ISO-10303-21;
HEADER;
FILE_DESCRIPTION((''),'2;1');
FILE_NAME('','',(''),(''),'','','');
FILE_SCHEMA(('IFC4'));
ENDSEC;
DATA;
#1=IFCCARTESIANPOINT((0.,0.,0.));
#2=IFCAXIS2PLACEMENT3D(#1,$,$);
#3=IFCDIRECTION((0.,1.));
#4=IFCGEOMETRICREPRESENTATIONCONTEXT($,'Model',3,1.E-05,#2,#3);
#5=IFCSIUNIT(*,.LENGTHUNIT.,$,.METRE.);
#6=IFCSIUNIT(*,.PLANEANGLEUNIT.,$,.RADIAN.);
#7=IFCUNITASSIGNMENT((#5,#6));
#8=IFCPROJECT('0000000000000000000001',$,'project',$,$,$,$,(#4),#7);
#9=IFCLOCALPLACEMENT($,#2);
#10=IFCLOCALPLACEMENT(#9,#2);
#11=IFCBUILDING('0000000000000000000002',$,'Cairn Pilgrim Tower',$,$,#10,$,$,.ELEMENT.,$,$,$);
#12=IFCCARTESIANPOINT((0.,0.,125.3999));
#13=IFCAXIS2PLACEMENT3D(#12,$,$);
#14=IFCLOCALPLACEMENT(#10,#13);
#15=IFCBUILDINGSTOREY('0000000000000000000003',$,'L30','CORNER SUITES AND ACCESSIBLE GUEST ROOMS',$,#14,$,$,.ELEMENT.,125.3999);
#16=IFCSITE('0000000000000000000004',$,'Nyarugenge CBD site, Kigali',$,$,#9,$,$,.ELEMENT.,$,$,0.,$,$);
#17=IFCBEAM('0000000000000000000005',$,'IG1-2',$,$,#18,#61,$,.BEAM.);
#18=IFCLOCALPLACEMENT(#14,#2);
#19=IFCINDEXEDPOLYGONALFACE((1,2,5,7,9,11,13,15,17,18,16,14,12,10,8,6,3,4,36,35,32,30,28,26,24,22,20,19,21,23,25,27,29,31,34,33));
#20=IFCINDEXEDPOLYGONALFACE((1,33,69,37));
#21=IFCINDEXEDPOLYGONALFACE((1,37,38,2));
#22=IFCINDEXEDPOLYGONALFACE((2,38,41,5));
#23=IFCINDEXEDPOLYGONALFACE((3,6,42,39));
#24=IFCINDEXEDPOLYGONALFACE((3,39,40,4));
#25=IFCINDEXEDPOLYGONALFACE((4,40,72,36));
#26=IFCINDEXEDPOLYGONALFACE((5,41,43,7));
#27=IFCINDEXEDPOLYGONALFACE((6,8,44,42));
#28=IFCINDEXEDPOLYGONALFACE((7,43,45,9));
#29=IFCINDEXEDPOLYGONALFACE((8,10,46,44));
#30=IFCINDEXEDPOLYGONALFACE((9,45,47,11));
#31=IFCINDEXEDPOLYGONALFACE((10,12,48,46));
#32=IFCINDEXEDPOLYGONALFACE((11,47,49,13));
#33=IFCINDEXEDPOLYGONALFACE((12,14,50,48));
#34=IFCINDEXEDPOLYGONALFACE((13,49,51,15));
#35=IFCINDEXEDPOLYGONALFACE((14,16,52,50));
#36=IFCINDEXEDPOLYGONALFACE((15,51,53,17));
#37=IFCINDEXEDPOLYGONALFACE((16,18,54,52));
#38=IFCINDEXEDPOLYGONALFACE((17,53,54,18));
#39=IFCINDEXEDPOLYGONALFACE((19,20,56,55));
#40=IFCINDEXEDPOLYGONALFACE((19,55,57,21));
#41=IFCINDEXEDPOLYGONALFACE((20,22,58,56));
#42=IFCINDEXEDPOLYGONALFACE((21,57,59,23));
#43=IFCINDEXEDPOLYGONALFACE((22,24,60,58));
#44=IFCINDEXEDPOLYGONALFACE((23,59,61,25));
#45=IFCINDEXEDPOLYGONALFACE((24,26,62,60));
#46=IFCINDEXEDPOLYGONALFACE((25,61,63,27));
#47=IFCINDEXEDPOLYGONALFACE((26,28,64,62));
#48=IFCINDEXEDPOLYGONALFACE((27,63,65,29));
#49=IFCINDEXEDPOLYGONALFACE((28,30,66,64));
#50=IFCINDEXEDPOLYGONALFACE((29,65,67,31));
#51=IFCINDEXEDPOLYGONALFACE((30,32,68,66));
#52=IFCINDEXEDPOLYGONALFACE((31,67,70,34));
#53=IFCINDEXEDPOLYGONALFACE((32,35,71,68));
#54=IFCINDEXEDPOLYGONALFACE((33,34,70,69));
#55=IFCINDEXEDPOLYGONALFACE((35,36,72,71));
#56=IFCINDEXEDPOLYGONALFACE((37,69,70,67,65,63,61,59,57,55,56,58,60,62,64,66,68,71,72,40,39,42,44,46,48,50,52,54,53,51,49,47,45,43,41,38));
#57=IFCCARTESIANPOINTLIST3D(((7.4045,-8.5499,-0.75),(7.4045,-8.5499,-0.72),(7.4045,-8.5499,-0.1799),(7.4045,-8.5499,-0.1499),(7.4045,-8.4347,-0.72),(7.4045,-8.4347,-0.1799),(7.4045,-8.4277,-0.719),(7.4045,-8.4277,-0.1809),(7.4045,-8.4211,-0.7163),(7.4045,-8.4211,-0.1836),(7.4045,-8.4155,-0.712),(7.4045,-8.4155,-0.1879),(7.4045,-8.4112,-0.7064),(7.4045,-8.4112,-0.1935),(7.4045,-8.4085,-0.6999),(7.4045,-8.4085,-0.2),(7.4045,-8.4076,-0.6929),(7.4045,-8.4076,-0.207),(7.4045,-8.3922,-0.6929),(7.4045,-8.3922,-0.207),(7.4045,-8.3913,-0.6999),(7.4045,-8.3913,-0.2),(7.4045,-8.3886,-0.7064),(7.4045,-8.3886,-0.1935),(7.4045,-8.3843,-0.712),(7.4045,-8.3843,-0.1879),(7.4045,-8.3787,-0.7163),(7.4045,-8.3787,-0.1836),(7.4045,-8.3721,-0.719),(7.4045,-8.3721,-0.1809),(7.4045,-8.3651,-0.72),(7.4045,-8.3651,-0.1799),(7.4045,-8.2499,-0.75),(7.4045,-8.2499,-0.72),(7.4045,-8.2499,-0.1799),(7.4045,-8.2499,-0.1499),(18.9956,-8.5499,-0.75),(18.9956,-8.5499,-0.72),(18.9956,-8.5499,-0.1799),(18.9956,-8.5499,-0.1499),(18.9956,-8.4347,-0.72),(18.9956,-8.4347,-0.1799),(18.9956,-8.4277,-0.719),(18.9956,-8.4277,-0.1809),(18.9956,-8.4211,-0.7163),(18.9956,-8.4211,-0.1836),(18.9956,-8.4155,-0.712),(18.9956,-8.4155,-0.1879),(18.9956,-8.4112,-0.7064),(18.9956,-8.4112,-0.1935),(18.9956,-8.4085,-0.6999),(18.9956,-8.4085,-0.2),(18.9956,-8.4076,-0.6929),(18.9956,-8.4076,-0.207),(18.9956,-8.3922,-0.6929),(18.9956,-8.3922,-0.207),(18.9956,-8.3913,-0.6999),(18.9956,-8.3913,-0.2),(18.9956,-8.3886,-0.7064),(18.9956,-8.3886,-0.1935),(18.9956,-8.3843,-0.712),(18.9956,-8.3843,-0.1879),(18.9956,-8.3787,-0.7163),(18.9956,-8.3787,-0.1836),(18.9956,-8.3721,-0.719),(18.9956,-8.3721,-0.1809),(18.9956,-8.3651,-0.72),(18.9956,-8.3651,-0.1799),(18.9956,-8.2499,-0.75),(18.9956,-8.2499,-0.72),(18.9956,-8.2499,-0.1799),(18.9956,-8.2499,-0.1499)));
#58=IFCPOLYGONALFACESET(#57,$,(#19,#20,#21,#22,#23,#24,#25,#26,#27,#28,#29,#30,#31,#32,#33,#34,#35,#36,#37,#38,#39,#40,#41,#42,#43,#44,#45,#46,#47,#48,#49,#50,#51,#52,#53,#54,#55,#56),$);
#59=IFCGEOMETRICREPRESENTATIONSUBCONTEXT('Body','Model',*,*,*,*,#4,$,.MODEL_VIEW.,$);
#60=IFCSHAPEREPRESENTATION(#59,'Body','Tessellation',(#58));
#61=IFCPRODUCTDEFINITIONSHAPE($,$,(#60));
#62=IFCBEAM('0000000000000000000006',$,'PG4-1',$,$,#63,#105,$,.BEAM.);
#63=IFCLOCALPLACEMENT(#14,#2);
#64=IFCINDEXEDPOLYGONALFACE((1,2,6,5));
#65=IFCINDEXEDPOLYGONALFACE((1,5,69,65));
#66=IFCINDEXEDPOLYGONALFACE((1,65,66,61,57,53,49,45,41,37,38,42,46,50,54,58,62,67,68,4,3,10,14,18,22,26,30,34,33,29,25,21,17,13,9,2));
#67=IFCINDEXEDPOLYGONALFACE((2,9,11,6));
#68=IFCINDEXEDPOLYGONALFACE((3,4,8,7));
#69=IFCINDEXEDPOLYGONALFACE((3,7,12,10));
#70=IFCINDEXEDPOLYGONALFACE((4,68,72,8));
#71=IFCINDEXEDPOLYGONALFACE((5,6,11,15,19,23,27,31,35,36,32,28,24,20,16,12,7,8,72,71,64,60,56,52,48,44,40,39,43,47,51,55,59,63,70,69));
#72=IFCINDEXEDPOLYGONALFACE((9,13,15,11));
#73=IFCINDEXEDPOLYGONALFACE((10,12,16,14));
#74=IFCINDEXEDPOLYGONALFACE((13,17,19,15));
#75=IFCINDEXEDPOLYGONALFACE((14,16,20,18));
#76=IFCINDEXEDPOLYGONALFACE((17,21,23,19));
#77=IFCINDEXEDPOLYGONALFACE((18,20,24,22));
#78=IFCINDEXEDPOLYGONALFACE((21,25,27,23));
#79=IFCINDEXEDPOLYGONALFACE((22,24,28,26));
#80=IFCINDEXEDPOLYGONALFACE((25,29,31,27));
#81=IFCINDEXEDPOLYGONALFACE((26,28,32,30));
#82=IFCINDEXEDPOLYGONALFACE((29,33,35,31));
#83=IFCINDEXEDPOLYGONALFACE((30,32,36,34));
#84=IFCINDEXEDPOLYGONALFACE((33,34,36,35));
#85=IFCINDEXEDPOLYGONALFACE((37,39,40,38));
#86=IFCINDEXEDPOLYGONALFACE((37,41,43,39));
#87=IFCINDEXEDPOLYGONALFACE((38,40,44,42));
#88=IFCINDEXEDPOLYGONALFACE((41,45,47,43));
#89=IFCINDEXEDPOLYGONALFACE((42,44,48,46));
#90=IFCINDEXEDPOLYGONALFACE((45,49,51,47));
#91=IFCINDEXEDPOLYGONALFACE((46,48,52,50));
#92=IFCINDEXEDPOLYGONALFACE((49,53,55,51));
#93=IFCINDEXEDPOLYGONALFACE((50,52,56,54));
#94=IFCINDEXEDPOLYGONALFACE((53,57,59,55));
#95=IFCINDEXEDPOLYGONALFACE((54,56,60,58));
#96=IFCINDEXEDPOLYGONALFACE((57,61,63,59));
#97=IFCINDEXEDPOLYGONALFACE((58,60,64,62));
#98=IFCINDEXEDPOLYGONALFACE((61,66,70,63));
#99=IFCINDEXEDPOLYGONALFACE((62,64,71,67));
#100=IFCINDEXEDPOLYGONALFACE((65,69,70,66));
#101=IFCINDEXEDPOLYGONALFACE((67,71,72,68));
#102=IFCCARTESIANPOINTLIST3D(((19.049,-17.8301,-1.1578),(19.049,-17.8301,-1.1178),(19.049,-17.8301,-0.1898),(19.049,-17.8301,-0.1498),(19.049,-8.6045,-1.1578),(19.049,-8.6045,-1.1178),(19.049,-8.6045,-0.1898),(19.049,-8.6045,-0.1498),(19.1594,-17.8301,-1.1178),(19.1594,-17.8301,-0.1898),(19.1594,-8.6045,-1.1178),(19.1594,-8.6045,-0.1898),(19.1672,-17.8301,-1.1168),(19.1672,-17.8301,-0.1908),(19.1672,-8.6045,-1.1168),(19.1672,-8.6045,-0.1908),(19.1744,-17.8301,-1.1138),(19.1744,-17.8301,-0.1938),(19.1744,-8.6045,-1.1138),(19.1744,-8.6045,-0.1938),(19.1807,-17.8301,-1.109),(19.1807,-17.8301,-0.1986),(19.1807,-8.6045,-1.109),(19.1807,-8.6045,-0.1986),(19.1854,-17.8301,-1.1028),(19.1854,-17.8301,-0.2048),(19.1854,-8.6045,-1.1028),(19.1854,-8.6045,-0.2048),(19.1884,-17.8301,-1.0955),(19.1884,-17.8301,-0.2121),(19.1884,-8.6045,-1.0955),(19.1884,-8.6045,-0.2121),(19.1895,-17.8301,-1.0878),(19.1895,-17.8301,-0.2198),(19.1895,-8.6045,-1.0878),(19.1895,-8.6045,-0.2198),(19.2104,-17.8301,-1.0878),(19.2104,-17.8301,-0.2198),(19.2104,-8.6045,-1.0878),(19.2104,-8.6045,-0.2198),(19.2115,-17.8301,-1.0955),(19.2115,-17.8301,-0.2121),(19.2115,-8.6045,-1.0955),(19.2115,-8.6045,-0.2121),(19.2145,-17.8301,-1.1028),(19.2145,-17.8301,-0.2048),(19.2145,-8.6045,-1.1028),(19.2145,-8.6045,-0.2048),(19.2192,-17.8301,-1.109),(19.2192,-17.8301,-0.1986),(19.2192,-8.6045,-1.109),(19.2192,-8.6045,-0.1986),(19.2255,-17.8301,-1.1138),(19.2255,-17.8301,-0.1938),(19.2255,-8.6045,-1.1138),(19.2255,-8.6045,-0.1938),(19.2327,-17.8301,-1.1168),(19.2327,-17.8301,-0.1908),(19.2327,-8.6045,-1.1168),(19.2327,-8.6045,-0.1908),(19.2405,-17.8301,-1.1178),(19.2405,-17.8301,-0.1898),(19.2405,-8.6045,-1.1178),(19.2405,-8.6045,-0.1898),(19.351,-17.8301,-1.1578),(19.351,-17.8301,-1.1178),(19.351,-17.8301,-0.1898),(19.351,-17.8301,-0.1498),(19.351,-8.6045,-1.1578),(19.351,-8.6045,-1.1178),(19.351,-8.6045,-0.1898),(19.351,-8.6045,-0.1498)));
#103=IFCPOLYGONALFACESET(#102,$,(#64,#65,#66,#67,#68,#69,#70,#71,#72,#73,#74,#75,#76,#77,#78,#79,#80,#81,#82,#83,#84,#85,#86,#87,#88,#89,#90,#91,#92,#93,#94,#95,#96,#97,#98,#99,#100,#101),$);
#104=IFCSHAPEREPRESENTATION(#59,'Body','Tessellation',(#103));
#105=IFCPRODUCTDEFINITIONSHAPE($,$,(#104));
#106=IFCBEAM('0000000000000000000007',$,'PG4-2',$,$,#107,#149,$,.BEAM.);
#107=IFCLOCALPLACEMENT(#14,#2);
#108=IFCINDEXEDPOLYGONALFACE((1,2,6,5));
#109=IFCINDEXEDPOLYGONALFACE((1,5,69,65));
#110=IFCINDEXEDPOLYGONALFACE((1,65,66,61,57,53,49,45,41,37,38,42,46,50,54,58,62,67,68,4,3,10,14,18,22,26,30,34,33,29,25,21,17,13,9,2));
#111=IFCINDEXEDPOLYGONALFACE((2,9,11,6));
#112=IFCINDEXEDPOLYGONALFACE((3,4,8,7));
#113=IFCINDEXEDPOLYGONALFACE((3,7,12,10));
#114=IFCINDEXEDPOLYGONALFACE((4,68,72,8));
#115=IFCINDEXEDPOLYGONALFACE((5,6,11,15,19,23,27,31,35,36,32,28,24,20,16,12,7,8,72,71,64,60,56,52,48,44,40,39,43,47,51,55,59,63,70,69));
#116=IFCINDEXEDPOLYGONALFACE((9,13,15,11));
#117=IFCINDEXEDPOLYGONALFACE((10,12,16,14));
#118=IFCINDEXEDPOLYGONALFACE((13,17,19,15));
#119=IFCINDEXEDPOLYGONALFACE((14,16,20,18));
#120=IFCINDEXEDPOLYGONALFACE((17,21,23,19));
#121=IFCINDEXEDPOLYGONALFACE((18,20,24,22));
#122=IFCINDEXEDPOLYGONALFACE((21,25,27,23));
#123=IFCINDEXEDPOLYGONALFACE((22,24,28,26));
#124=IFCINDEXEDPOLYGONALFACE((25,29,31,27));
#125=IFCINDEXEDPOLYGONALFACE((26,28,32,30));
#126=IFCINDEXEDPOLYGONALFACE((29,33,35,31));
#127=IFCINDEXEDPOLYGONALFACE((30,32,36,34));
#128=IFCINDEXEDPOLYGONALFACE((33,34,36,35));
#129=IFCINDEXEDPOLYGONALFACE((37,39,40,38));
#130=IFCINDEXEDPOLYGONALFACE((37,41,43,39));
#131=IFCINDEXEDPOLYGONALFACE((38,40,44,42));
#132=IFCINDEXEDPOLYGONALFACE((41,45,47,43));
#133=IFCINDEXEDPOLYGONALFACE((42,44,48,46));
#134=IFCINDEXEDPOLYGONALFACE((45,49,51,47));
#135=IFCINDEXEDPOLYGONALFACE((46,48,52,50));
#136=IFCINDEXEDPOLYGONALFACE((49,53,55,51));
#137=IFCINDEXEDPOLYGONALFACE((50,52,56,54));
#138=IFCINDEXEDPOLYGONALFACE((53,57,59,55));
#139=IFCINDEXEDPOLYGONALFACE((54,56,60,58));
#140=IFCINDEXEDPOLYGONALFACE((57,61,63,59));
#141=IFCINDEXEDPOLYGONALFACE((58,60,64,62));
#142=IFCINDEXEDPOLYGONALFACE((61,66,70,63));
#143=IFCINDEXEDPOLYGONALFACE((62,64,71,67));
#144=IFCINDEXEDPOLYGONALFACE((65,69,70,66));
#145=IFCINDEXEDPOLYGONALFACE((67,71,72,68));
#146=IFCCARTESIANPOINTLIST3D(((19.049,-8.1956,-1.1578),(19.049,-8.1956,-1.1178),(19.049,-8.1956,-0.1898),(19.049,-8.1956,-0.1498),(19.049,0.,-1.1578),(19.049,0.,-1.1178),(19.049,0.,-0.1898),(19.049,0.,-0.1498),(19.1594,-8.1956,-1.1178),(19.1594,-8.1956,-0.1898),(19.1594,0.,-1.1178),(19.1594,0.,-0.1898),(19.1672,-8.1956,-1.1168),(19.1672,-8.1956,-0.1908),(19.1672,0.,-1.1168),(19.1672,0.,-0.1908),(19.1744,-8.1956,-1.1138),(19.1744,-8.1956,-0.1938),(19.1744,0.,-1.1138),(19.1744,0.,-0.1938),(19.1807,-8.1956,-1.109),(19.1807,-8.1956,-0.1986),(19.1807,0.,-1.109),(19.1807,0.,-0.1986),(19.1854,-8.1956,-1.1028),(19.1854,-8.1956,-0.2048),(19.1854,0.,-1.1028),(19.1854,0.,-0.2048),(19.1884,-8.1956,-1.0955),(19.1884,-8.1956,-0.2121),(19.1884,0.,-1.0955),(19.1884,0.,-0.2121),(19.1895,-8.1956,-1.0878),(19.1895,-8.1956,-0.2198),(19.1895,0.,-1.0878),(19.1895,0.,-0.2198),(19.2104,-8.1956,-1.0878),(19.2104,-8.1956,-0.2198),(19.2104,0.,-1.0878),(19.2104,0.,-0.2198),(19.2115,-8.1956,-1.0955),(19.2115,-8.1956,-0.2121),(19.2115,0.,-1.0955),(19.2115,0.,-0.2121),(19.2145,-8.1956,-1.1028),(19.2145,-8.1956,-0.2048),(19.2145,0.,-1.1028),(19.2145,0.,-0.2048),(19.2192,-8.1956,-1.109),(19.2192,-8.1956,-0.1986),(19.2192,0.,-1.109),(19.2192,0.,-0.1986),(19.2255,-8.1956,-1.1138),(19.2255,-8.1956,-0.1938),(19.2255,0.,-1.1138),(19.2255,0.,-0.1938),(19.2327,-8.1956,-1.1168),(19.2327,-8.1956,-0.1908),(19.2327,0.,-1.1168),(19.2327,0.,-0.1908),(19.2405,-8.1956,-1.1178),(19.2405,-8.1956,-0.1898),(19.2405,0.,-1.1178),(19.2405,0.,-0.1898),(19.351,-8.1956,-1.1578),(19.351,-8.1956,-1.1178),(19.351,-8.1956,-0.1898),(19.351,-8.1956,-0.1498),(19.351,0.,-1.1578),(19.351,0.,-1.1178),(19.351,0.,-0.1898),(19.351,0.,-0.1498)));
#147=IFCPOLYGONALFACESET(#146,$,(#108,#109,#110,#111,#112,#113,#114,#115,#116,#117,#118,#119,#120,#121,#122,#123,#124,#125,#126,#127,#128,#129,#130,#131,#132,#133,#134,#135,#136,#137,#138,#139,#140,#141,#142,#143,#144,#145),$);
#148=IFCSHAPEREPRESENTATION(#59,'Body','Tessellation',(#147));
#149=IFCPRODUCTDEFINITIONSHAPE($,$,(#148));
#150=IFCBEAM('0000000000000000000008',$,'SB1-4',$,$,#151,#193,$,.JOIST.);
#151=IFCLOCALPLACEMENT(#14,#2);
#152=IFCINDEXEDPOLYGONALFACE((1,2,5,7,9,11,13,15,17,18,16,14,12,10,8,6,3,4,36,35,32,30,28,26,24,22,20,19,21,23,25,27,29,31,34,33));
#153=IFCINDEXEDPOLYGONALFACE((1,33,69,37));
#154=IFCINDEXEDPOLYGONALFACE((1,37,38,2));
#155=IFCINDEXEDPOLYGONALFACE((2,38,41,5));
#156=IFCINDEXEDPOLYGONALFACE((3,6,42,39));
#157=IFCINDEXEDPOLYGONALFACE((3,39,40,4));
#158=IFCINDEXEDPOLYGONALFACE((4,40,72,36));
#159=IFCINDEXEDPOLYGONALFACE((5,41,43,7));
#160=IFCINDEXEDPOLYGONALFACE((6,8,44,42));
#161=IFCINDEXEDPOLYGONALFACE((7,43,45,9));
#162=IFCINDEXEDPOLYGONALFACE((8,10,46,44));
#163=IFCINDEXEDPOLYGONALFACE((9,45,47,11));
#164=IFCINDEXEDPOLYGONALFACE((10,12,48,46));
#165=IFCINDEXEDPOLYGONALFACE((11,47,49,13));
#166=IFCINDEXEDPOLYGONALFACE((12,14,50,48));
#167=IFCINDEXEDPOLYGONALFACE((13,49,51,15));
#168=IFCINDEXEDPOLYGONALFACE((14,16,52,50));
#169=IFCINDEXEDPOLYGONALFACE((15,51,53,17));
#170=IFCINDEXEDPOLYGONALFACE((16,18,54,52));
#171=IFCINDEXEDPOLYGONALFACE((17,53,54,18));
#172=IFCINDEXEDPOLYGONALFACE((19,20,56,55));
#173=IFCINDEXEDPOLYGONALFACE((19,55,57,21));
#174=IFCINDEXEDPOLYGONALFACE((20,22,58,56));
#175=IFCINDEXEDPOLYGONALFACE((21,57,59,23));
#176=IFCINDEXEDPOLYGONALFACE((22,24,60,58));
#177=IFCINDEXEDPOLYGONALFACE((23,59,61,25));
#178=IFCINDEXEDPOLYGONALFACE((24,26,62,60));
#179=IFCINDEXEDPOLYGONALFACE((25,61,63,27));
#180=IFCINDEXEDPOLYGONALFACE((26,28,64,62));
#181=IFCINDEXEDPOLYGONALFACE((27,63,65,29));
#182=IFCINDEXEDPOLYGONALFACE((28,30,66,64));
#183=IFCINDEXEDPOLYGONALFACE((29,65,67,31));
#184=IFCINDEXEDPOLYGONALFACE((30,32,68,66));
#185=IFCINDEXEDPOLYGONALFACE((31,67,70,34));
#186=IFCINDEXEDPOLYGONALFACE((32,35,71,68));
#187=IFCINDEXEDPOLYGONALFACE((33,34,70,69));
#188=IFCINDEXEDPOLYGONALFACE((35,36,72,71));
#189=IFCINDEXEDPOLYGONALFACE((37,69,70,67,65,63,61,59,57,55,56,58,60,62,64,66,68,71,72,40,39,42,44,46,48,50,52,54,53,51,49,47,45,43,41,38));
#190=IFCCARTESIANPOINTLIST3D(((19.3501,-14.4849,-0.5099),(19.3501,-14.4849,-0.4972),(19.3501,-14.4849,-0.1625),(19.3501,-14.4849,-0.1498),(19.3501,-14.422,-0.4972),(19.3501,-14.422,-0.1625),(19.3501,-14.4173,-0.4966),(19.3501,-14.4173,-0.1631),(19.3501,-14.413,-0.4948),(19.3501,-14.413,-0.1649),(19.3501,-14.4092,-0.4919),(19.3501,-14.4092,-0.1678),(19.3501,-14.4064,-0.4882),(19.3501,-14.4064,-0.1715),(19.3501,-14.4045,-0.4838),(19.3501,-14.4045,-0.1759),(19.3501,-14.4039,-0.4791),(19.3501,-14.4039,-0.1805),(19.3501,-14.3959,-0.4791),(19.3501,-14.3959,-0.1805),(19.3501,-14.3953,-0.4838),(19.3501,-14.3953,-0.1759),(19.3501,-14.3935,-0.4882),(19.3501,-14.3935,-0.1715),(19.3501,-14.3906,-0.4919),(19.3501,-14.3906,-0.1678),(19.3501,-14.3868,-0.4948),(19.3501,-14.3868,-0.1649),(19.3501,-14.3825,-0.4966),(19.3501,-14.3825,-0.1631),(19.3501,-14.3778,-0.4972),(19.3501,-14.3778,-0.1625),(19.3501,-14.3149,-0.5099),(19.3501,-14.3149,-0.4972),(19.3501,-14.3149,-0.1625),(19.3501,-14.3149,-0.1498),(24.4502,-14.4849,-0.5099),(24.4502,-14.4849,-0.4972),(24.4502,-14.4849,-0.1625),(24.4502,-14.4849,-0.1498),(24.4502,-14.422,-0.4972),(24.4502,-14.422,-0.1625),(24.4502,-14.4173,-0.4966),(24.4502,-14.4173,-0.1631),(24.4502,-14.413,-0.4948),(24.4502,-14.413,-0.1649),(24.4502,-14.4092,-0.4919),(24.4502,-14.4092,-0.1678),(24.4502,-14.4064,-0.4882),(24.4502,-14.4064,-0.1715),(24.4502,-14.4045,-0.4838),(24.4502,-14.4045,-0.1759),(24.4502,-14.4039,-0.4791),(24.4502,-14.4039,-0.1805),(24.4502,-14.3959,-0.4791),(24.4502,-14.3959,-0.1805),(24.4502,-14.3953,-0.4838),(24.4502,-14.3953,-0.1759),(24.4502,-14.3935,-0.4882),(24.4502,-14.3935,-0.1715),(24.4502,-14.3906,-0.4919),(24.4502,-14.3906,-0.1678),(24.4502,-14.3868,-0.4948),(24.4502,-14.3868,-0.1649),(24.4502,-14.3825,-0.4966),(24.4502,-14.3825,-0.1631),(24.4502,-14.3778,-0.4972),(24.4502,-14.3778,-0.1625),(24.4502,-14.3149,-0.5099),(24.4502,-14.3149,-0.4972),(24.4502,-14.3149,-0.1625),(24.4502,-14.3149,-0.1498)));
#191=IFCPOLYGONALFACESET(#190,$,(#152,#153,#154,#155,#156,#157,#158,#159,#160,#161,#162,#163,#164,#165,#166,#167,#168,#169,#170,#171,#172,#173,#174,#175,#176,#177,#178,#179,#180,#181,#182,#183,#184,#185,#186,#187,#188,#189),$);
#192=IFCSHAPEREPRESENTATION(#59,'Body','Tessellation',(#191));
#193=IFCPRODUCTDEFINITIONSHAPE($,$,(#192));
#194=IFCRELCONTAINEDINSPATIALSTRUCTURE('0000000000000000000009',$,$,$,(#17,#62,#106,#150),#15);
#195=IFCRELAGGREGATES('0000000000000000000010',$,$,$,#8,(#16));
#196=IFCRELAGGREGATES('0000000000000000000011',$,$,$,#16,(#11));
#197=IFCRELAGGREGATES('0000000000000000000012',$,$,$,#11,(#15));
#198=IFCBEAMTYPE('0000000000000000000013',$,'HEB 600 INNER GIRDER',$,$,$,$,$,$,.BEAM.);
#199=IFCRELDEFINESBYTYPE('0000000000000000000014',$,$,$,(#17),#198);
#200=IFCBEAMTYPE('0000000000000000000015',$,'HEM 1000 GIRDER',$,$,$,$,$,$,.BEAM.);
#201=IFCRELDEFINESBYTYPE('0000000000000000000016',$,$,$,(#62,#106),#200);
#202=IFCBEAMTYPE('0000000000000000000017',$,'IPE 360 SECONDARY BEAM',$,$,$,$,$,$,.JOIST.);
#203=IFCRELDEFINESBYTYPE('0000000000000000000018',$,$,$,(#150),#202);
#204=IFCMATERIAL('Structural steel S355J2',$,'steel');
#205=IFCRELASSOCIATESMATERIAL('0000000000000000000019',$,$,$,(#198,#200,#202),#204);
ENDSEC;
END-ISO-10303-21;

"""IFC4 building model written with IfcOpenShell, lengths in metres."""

from ifc_helpers import new_model, si_unit, direction, frame, origin, origin_2d, place, context, subcontext, project, spatial, i_section, extrude, material, material_profile, profile_set, type_object, element, save


model = new_model("IFC4")

# Units and contexts
model_context = context("Model", 3, precision=1e-05, world=origin(), true_north=direction((0.0, 1.0)))
body_context = subcontext(model_context, "Body", "Model", "MODEL_VIEW")
ifc_project = project(units=[si_unit("LENGTHUNIT", "METRE"), si_unit("PLANEANGLEUNIT", "RADIAN")], contexts=[model_context])

# Site, building, storey
site_placement = place(None, origin())
site = spatial("IfcSite", under=ifc_project, at=site_placement, Name="Nyarugenge CBD site, Kigali", CompositionType="ELEMENT", RefElevation=0.0)
building_placement = place(site_placement, origin())
building = spatial("IfcBuilding", under=site, at=building_placement, Name="Cairn Pilgrim Tower", CompositionType="ELEMENT")
storey_placement = place(building_placement, frame((0.0, 0.0, 125.3999)))
storey = spatial("IfcBuildingStorey", under=building, at=storey_placement, Name="L30", Description="CORNER SUITES AND ACCESSIBLE GUEST ROOMS", CompositionType="ELEMENT", Elevation=125.3999)

# Beams
ifc_material_1 = material(Name="Structural steel S355J2", Category="steel")
ifc_material_profile_1 = material_profile(ifc_material_1, i_section(OverallWidth=0.3, OverallDepth=0.6001, WebThickness=0.0154, FlangeThickness=0.03, FilletRadius=0.0271, at=origin_2d()), Name="HEB 600")
ifc_profile_set_1 = profile_set([ifc_material_profile_1], Name="Structural steel S355J2")
beam_type_1 = type_object("IfcBeamType", Name="HEB 600 INNER GIRDER", PredefinedType="BEAM", material=ifc_profile_set_1)
beam_1_placement = place(storey_placement, frame((7.4045, -8.3999, -0.45), z_axis=(1.0, 0.0, 0.0), x_axis=(0.0, 1.0, 0.0)))
element("IfcBeam", 1, at=beam_1_placement, inside=storey, type_object=beam_type_1, Name="IG1-2", PredefinedType="BEAM", context=body_context, shape_type="SweptSolid", body=[
    extrude(i_section(OverallWidth=0.3, OverallDepth=0.6001, WebThickness=0.0154, FlangeThickness=0.03, FilletRadius=0.0271, at=origin_2d()), origin(), (0.0, 0.0, 1.0), 11.5911),
])
ifc_material_profile_2 = material_profile(ifc_material_1, i_section(OverallWidth=0.302, OverallDepth=1.0081, WebThickness=0.021, FlangeThickness=0.04, FilletRadius=0.03, at=origin_2d()), Name="HEM 1000")
ifc_profile_set_2 = profile_set([ifc_material_profile_2], Name="Structural steel S355J2")
beam_type_2 = type_object("IfcBeamType", Name="HEM 1000 GIRDER", PredefinedType="BEAM", material=ifc_profile_set_2)
beam_2_placement = place(storey_placement, frame((19.2, -17.8301, -0.6538), z_axis=(0.0, 1.0, 0.0), x_axis=(-1.0, 0.0, 0.0)))
element("IfcBeam", 2, at=beam_2_placement, inside=storey, type_object=beam_type_2, Name="PG4-1", PredefinedType="BEAM", context=body_context, shape_type="SweptSolid", body=[
    extrude(i_section(OverallWidth=0.302, OverallDepth=1.0081, WebThickness=0.021, FlangeThickness=0.04, FilletRadius=0.03, at=origin_2d()), origin(), (0.0, 0.0, 1.0), 9.2256),
])
beam_3_placement = place(storey_placement, frame((19.2, -8.1956, -0.6538), z_axis=(0.0, 1.0, 0.0), x_axis=(-1.0, 0.0, 0.0)))
element("IfcBeam", 3, at=beam_3_placement, inside=storey, type_object=beam_type_2, Name="PG4-2", PredefinedType="BEAM", context=body_context, shape_type="SweptSolid", body=[
    extrude(i_section(OverallWidth=0.302, OverallDepth=1.0081, WebThickness=0.021, FlangeThickness=0.04, FilletRadius=0.03, at=origin_2d()), origin(), (0.0, 0.0, 1.0), 8.1956),
])
ifc_material_profile_3 = material_profile(ifc_material_1, i_section(OverallWidth=0.1699, OverallDepth=0.3601, WebThickness=0.0081, FlangeThickness=0.0127, FilletRadius=0.0181, at=origin_2d()), Name="IPE 360")
ifc_profile_set_3 = profile_set([ifc_material_profile_3], Name="Structural steel S355J2")
beam_type_3 = type_object("IfcBeamType", Name="IPE 360 SECONDARY BEAM", PredefinedType="JOIST", material=ifc_profile_set_3)
beam_4_placement = place(storey_placement, frame((19.3501, -14.3999, -0.3298), z_axis=(1.0, 0.0, 0.0), x_axis=(0.0, 1.0, 0.0)))
element("IfcBeam", 4, at=beam_4_placement, inside=storey, type_object=beam_type_3, Name="SB1-4", PredefinedType="JOIST", context=body_context, shape_type="SweptSolid", body=[
    extrude(i_section(OverallWidth=0.1699, OverallDepth=0.3601, WebThickness=0.0081, FlangeThickness=0.0127, FilletRadius=0.0181, at=origin_2d()), origin(), (0.0, 0.0, 1.0), 5.1001),
])

save(model, "model.ifc")
